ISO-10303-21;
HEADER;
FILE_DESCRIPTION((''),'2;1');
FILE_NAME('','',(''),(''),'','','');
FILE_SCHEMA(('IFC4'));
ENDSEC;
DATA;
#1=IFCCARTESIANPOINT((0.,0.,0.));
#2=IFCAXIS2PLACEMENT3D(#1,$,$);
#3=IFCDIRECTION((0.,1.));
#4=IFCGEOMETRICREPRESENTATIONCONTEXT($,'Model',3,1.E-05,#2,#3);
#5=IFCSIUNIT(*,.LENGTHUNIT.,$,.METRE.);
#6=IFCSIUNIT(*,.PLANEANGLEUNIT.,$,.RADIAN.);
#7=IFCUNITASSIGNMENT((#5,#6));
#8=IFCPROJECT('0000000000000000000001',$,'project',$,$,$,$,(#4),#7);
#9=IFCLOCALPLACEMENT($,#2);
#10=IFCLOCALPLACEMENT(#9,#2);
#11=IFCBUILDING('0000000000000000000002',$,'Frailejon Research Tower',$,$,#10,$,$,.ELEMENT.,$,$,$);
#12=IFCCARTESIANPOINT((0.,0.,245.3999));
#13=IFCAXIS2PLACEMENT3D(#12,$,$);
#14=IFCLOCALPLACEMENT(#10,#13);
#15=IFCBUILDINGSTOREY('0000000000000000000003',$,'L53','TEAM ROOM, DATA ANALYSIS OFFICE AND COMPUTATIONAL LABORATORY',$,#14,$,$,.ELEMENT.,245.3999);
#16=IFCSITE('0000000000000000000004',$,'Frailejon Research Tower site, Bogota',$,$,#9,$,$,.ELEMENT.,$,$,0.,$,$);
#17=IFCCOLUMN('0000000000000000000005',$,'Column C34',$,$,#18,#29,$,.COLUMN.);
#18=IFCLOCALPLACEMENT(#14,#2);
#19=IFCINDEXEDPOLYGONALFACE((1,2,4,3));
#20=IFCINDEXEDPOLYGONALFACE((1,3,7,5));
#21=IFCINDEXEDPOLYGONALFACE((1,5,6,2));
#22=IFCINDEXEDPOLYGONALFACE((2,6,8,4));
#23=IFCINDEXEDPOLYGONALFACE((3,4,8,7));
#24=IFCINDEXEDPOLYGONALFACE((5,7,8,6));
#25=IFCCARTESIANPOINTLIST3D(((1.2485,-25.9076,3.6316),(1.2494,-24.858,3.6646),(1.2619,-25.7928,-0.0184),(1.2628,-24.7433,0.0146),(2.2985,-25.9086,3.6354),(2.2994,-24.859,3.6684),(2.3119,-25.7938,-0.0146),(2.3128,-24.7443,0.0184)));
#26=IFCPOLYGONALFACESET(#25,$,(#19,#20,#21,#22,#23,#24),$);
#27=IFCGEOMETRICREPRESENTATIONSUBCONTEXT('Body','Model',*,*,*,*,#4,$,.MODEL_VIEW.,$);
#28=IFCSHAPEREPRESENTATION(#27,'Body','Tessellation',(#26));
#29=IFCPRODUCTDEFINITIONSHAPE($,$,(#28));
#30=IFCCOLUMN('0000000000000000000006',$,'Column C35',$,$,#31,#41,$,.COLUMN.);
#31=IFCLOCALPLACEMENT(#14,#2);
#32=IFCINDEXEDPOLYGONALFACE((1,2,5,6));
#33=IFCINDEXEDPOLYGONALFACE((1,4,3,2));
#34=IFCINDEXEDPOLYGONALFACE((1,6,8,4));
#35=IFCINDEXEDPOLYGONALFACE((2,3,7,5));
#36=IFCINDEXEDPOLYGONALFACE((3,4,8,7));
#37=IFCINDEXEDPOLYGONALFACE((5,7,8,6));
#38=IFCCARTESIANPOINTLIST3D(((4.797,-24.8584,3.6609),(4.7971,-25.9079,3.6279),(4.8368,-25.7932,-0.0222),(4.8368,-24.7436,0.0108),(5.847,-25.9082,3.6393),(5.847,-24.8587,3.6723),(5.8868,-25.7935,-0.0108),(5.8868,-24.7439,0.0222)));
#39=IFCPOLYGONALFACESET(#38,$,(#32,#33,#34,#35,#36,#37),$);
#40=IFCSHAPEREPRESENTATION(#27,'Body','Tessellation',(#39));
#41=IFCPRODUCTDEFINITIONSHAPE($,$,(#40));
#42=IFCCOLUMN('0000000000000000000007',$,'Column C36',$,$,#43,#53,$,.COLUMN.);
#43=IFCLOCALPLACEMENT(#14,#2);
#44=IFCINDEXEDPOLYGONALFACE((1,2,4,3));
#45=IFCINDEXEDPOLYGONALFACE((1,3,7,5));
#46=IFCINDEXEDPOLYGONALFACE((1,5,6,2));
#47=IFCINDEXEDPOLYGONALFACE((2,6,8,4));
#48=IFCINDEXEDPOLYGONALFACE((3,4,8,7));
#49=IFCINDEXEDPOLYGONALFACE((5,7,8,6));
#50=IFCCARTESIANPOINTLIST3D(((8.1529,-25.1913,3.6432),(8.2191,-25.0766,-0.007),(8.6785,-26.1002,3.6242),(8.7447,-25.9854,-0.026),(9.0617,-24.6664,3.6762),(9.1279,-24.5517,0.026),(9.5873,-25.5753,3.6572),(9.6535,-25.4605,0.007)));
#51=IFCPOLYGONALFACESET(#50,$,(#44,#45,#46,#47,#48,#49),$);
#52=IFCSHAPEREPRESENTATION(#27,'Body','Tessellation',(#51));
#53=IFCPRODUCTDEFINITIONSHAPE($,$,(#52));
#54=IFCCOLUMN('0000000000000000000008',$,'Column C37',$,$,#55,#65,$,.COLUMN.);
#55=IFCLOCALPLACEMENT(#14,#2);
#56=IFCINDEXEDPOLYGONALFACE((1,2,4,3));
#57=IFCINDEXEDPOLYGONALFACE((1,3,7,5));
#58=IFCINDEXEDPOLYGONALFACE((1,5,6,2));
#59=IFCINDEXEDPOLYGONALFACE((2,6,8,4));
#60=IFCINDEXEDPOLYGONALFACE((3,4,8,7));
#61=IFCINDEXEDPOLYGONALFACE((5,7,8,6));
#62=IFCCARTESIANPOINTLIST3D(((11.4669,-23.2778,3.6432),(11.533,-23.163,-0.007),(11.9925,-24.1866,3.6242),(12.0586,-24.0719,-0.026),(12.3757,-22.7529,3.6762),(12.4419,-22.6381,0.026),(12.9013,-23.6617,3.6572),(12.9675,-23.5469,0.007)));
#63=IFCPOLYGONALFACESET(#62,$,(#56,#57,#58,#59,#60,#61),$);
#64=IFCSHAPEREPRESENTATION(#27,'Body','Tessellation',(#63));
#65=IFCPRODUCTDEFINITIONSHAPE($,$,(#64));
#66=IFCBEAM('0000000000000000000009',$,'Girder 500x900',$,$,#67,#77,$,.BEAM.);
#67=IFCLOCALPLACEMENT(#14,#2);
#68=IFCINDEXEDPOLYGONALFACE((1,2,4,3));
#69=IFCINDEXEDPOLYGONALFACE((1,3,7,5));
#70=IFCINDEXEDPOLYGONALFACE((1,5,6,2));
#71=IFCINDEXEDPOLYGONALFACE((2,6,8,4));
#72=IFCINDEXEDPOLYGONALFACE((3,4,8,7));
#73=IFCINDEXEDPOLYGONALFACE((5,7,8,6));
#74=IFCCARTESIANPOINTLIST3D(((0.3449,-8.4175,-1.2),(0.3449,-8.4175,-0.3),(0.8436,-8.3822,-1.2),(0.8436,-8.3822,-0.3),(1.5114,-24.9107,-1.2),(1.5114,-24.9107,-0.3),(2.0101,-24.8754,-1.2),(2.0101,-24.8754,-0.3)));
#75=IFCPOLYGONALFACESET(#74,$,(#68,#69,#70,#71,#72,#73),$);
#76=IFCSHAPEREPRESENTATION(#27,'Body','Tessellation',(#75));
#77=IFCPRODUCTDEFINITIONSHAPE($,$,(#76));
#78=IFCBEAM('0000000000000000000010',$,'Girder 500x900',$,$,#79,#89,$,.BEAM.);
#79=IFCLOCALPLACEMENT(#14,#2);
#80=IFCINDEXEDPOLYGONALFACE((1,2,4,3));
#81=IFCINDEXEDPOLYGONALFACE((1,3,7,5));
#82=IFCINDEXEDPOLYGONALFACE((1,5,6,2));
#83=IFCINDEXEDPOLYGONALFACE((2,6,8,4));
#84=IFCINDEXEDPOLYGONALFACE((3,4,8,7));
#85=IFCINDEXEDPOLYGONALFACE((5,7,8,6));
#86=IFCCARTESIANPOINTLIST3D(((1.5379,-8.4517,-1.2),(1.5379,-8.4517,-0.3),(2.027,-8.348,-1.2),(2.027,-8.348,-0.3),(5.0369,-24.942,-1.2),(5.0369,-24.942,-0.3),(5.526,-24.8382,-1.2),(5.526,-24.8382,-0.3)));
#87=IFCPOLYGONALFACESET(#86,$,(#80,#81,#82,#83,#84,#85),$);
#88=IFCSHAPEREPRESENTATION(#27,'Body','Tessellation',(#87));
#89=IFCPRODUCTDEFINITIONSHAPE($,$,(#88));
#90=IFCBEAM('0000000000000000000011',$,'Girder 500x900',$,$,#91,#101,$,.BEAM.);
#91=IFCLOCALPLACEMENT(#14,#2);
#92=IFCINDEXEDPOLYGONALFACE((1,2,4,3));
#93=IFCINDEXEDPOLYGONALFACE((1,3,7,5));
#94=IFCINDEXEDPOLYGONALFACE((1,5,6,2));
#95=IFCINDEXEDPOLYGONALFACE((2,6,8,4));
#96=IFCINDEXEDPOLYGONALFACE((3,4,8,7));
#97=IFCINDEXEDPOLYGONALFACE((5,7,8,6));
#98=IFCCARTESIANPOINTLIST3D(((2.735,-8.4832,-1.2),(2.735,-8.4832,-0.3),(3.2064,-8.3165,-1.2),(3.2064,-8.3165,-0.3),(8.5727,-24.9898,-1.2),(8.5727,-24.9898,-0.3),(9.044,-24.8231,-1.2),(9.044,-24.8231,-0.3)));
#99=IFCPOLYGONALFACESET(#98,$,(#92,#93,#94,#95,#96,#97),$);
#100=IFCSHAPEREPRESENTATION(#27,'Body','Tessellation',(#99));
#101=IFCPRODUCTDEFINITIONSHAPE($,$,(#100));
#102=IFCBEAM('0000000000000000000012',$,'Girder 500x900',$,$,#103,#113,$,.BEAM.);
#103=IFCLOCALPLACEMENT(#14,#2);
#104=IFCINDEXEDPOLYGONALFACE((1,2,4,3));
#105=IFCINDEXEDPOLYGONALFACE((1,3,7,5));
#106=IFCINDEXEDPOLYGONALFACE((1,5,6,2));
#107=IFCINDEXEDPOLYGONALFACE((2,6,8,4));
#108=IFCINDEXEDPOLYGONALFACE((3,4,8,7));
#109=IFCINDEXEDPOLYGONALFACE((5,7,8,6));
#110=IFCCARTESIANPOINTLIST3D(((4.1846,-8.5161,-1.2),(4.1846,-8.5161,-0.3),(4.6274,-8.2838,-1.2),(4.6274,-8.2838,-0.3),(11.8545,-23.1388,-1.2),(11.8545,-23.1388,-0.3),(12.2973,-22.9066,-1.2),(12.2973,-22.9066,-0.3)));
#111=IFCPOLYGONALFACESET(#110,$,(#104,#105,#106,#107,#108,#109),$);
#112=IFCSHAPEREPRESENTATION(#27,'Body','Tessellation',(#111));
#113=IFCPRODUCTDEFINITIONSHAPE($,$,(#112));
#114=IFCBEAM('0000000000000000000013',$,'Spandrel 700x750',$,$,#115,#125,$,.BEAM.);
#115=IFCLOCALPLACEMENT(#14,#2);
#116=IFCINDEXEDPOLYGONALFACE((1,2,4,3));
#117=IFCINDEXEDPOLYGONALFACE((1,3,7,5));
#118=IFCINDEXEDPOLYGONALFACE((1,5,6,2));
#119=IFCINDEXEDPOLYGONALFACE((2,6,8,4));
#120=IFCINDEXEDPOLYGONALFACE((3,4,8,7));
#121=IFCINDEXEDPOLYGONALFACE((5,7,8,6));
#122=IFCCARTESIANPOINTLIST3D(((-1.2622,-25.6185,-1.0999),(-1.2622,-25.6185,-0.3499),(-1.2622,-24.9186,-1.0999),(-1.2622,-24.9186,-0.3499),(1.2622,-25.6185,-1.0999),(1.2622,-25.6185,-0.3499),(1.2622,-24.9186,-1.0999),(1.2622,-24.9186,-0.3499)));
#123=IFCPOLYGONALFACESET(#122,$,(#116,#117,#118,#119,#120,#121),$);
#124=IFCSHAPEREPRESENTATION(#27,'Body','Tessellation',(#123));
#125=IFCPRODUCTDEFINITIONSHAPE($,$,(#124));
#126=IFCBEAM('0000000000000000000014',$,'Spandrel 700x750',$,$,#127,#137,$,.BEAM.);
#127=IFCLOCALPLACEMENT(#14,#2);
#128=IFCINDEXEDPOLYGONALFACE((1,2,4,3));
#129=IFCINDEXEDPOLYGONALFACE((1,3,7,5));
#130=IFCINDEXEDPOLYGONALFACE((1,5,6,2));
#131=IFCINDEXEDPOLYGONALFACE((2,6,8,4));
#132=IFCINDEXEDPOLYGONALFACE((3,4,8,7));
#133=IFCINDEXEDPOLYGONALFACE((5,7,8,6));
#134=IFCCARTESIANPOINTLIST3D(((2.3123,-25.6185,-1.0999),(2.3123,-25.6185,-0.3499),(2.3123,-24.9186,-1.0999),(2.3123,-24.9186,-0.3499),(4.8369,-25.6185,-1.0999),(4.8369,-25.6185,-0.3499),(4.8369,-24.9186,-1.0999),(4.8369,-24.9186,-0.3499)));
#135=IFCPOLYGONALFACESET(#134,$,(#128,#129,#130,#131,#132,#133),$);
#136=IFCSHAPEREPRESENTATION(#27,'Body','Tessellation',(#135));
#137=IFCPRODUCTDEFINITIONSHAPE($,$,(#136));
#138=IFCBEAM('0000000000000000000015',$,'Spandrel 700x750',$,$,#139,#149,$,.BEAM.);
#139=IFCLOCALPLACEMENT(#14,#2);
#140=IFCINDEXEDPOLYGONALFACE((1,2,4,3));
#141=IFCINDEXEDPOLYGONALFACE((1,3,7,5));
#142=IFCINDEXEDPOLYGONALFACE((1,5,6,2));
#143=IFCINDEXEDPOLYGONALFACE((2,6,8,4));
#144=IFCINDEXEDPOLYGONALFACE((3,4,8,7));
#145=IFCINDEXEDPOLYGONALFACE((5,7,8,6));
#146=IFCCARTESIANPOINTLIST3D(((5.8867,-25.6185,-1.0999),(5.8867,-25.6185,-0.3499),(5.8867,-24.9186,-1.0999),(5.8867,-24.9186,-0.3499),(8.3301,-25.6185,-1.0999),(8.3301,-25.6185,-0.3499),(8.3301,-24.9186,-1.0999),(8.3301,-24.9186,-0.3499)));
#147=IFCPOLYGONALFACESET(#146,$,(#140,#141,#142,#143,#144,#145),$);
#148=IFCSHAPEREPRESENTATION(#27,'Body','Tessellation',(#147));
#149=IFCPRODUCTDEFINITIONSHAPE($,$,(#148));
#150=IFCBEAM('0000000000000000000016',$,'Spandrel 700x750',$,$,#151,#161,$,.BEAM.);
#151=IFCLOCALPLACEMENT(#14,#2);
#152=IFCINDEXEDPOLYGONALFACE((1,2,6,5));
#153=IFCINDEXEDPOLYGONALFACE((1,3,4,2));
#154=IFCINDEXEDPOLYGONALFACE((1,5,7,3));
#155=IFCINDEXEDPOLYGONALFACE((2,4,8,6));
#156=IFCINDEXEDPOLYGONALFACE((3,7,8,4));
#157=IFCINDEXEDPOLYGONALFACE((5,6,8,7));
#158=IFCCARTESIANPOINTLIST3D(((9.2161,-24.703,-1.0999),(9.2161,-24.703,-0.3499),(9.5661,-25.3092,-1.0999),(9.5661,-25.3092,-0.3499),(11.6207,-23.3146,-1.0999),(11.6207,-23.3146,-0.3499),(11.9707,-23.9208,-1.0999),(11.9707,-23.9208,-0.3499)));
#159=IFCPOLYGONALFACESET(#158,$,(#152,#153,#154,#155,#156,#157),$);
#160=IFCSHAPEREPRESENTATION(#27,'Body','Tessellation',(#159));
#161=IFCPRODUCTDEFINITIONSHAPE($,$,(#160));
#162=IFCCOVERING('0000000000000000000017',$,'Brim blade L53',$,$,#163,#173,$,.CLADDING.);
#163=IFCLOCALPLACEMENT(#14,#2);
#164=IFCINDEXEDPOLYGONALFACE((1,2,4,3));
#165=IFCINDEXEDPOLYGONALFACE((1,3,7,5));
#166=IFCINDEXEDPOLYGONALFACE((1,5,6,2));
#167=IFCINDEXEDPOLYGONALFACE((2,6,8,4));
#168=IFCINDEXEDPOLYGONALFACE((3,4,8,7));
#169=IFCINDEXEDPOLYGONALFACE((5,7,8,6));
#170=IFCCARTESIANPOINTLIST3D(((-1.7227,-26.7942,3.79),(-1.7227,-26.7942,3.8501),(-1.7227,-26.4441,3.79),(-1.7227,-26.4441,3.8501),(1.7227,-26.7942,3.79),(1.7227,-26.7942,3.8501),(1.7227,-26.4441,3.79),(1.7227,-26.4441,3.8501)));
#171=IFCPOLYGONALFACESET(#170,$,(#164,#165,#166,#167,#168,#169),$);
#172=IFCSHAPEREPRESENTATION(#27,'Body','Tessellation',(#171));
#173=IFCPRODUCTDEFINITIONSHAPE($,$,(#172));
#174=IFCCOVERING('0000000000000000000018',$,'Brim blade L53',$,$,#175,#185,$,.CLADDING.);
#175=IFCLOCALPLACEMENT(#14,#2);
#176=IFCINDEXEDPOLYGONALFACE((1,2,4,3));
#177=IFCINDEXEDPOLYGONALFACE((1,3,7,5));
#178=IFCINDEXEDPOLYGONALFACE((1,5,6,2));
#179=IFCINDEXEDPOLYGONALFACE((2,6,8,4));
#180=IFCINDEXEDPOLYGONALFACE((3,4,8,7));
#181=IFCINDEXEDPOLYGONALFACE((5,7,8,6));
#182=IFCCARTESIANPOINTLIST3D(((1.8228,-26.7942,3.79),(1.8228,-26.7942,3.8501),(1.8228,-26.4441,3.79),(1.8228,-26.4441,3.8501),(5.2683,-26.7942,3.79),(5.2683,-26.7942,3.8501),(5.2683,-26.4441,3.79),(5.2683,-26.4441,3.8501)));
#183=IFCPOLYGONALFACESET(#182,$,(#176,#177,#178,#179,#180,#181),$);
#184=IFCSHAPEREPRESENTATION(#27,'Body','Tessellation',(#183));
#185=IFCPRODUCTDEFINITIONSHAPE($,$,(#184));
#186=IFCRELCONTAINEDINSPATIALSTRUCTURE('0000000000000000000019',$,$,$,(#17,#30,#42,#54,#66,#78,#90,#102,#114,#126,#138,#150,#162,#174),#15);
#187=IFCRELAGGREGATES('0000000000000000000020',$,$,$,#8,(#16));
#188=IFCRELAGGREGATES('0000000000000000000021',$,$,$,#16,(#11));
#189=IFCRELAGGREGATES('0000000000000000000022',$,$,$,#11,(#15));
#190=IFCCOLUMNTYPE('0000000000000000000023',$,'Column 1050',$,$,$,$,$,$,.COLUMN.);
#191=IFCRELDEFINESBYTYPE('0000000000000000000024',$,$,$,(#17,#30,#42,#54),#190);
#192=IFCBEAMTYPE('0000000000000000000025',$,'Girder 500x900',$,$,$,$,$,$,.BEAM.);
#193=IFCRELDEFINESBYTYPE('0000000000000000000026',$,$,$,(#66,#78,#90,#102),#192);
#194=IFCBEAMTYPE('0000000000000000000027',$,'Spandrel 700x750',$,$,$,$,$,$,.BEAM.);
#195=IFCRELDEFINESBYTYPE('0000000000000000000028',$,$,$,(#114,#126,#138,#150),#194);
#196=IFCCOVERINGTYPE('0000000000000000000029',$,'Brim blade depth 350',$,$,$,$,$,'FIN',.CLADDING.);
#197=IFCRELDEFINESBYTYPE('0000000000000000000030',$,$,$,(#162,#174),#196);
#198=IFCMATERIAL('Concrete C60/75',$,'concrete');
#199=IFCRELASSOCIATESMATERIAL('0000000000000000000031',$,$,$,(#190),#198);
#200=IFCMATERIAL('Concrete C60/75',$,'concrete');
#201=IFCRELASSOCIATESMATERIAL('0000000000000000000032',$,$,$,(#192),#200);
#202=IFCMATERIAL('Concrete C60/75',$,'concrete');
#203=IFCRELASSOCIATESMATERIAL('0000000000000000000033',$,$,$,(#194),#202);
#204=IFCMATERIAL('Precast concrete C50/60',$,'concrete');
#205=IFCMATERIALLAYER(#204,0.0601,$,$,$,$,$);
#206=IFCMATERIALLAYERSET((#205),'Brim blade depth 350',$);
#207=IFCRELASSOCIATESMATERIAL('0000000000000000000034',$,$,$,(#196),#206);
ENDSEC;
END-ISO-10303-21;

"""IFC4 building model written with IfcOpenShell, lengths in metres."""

from ifc_helpers import new_model, si_unit, direction, frame, origin, origin_2d, place, context, subcontext, project, spatial, polyline, rectangle, outline, extrude, material, layer, layer_set, material_profile, profile_set, type_object, element, save


model = new_model("IFC4")

# Units and contexts
model_context = context("Model", 3, precision=1e-05, world=origin(), true_north=direction((0.0, 1.0)))
body_context = subcontext(model_context, "Body", "Model", "MODEL_VIEW")
ifc_project = project(units=[si_unit("LENGTHUNIT", "METRE"), si_unit("PLANEANGLEUNIT", "RADIAN")], contexts=[model_context])

# Site, building, storey
site_placement = place(None, origin())
site = spatial("IfcSite", under=ifc_project, at=site_placement, Name="Frailejon Research Tower site, Bogota", CompositionType="ELEMENT", RefElevation=0.0)
building_placement = place(site_placement, origin())
building = spatial("IfcBuilding", under=site, at=building_placement, Name="Frailejon Research Tower", CompositionType="ELEMENT")
storey_placement = place(building_placement, frame((0.0, 0.0, 245.3999)))
storey = spatial("IfcBuildingStorey", under=building, at=storey_placement, Name="L53", Description="TEAM ROOM, DATA ANALYSIS OFFICE AND COMPUTATIONAL LABORATORY", CompositionType="ELEMENT", Elevation=245.3999)

# Columns
ifc_material_1 = material(Name="Concrete C60/75", Category="concrete")
ifc_material_profile_1 = material_profile(ifc_material_1, rectangle(XDim=1.05, YDim=1.05, at=origin_2d()), Name="Column 1050")
ifc_profile_set_1 = profile_set([ifc_material_profile_1], Name="Concrete C60/75")
column_type = type_object("IfcColumnType", Name="Column 1050", PredefinedType="COLUMN", material=ifc_profile_set_1)
column_1_placement = place(storey_placement, frame((1.7874, -25.2686, 0.0), z_axis=(-0.003677, -0.03142, 0.999499), x_axis=(0.999993, -0.000975, 0.003648)))
element("IfcColumn", 1, at=column_1_placement, inside=storey, type_object=column_type, Name="Column C34", PredefinedType="COLUMN", context=body_context, shape_type="SweptSolid", body=[
    extrude(rectangle(XDim=1.05, YDim=1.05, at=origin_2d()), origin(), (0.0, 0.0, 1.0), 3.6519),
])
column_2_placement = place(storey_placement, frame((5.3618, -25.2686, 0.0), z_axis=(-0.010896, -0.031419, 0.999447), x_axis=(0.999941, -0.000298, 0.010892)))
element("IfcColumn", 2, at=column_2_placement, inside=storey, type_object=column_type, Name="Column C35", PredefinedType="COLUMN", context=body_context, shape_type="SweptSolid", body=[
    extrude(rectangle(XDim=1.05, YDim=1.05, at=origin_2d()), origin(), (0.0, 0.0, 1.0), 3.6521),
])
for number, where, z_axis, x_axis, name in (
    (3, (8.9363, -25.2686, 0.0), (-0.018114, -0.031415, 0.999342), (0.86552, 0.499889, 0.031403), "Column C36"),
    (4, (12.2502, -23.355, 0.0), (-0.018114, -0.031415, 0.999342), (0.86552, 0.499889, 0.031403), "Column C37"),
):
    element("IfcColumn", number, at=place(storey_placement, frame(where, z_axis=z_axis, x_axis=x_axis)), inside=storey, type_object=column_type, Name=name, PredefinedType="COLUMN", context=body_context, shape_type="SweptSolid", body=[
        extrude(rectangle(XDim=1.05, YDim=1.05, at=origin_2d()), origin(), (0.0, 0.0, 1.0), 3.6526),
    ])

# Beams
ifc_material_2 = material(Name="Concrete C60/75", Category="concrete")
ifc_material_profile_2 = material_profile(ifc_material_2, rectangle(XDim=0.5, YDim=0.8999, at=origin_2d()), Name="Girder 500x900")
ifc_profile_set_2 = profile_set([ifc_material_profile_2], Name="Concrete C60/75")
beam_type_1 = type_object("IfcBeamType", Name="Girder 500x900", PredefinedType="BEAM", material=ifc_profile_set_2)
beam_1_placement = place(storey_placement, frame((1.7607, -24.8931, -0.75), z_axis=(-0.07055, 0.997508, 0.0), x_axis=(-0.997508, -0.07055, 0.0)))
element("IfcBeam", 5, at=beam_1_placement, inside=storey, type_object=beam_type_1, Name="Girder 500x900", PredefinedType="BEAM", context=body_context, shape_type="SweptSolid", body=[
    extrude(rectangle(XDim=0.5, YDim=0.8999, at=origin_2d()), origin(), (0.0, 0.0, 1.0), 16.5344),
])
beam_2_placement = place(storey_placement, frame((5.2815, -24.8901, -0.75), z_axis=(-0.207566, 0.978221, 0.0), x_axis=(-0.978221, -0.207566, 0.0)))
element("IfcBeam", 6, at=beam_2_placement, inside=storey, type_object=beam_type_1, Name="Girder 500x900", PredefinedType="BEAM", context=body_context, shape_type="SweptSolid", body=[
    extrude(rectangle(XDim=0.5, YDim=0.8999, at=origin_2d()), origin(), (0.0, 0.0, 1.0), 16.8574),
])
beam_3_placement = place(storey_placement, frame((8.8083, -24.9065, -0.75), z_axis=(-0.333419, 0.942779, 0.0), x_axis=(-0.942779, -0.333419, 0.0)))
element("IfcBeam", 7, at=beam_3_placement, inside=storey, type_object=beam_type_1, Name="Girder 500x900", PredefinedType="BEAM", context=body_context, shape_type="SweptSolid", body=[
    extrude(rectangle(XDim=0.5, YDim=0.8999, at=origin_2d()), origin(), (0.0, 0.0, 1.0), 17.5085),
])
beam_4_placement = place(storey_placement, frame((12.0759, -23.0227, -0.75), z_axis=(-0.464499, 0.885574, 0.0), x_axis=(-0.885574, -0.464499, 0.0)))
element("IfcBeam", 8, at=beam_4_placement, inside=storey, type_object=beam_type_1, Name="Girder 500x900", PredefinedType="BEAM", context=body_context, shape_type="SweptSolid", body=[
    extrude(rectangle(XDim=0.5, YDim=0.8999, at=origin_2d()), origin(), (0.0, 0.0, 1.0), 16.5122),
])
ifc_material_3 = material(Name="Concrete C60/75", Category="concrete")
ifc_material_profile_3 = material_profile(ifc_material_3, rectangle(XDim=0.7, YDim=0.75, at=origin_2d()), Name="Spandrel 700x750")
ifc_profile_set_3 = profile_set([ifc_material_profile_3], Name="Concrete C60/75")
beam_type_2 = type_object("IfcBeamType", Name="Spandrel 700x750", PredefinedType="BEAM", material=ifc_profile_set_3)
beam_5_placement = place(storey_placement, frame((-1.2622, -25.2686, -0.7249), z_axis=(1.0, 0.0, 0.0), x_axis=(0.0, 1.0, 0.0)))
element("IfcBeam", 9, at=beam_5_placement, inside=storey, type_object=beam_type_2, Name="Spandrel 700x750", PredefinedType="BEAM", context=body_context, shape_type="SweptSolid", body=[
    extrude(rectangle(XDim=0.7, YDim=0.75, at=origin_2d()), origin(), (0.0, 0.0, 1.0), 2.5244),
])
beam_6_placement = place(storey_placement, frame((2.3123, -25.2686, -0.7249), z_axis=(1.0, 0.0, 0.0), x_axis=(0.0, 1.0, 0.0)))
element("IfcBeam", 10, at=beam_6_placement, inside=storey, type_object=beam_type_2, Name="Spandrel 700x750", PredefinedType="BEAM", context=body_context, shape_type="SweptSolid", body=[
    extrude(rectangle(XDim=0.7, YDim=0.75, at=origin_2d()), origin(), (0.0, 0.0, 1.0), 2.5247),
])
beam_7_placement = place(storey_placement, frame((5.8867, -25.2686, -0.7249), z_axis=(1.0, 0.0, 0.0), x_axis=(0.0, 1.0, 0.0)))
element("IfcBeam", 11, at=beam_7_placement, inside=storey, type_object=beam_type_2, Name="Spandrel 700x750", PredefinedType="BEAM", context=body_context, shape_type="SweptSolid", body=[
    extrude(rectangle(XDim=0.7, YDim=0.75, at=origin_2d()), origin(), (0.0, 0.0, 1.0), 2.4434),
])
beam_8_placement = place(storey_placement, frame((9.3911, -25.0061, -0.7249), z_axis=(0.866, 0.500045, 0.0), x_axis=(-0.500045, 0.866, 0.0)))
element("IfcBeam", 12, at=beam_8_placement, inside=storey, type_object=beam_type_2, Name="Spandrel 700x750", PredefinedType="BEAM", context=body_context, shape_type="SweptSolid", body=[
    extrude(rectangle(XDim=0.7, YDim=0.75, at=origin_2d()), origin(), (0.0, 0.0, 1.0), 2.7766),
])

# Coverings
ifc_material_4 = material(Name="Precast concrete C50/60", Category="concrete")
ifc_layer_1 = layer(ifc_material_4, 0.0601)
ifc_layer_set_1 = layer_set([ifc_layer_1], Name="Brim blade depth 350")
covering_type_1 = type_object("IfcCoveringType", Name="Brim blade depth 350", ElementType="FIN", PredefinedType="CLADDING", material=ifc_layer_set_1)
covering_1_placement = place(storey_placement, frame((1.7227, -26.4441, 3.8501), z_axis=(-1.0, 0.0, 0.0), x_axis=(0.0, -1.0, 0.0)))
element("IfcCovering", 13, at=covering_1_placement, inside=storey, type_object=covering_type_1, Name="Brim blade L53", PredefinedType="CLADDING", context=body_context, shape_type="SweptSolid", body=[
    extrude(outline(polyline([(0.0, -0.0601), (0.3501, -0.0601), (0.3501, 0.0), (0.0, 0.0), (0.0, -0.0601)])), origin(), (0.0, 0.0, 1.0), 3.4453),
])
for number, where, z_axis, x_axis, name in (
    (14, (5.2683, -26.4441, 3.8501), (-1.0, 0.0, 0.0), (0.0, -1.0, 0.0), "Brim blade L53"),
):
    element("IfcCovering", number, at=place(storey_placement, frame(where, z_axis=z_axis, x_axis=x_axis)), inside=storey, type_object=covering_type_1, Name=name, PredefinedType="CLADDING", context=body_context, shape_type="SweptSolid", body=[
        extrude(outline(polyline([(0.0, -0.0601), (0.3501, -0.0601), (0.3501, 0.0), (0.0, 0.0), (0.0, -0.0601)])), origin(), (0.0, 0.0, 1.0), 3.4456),
    ])

save(model, "model.ifc")
